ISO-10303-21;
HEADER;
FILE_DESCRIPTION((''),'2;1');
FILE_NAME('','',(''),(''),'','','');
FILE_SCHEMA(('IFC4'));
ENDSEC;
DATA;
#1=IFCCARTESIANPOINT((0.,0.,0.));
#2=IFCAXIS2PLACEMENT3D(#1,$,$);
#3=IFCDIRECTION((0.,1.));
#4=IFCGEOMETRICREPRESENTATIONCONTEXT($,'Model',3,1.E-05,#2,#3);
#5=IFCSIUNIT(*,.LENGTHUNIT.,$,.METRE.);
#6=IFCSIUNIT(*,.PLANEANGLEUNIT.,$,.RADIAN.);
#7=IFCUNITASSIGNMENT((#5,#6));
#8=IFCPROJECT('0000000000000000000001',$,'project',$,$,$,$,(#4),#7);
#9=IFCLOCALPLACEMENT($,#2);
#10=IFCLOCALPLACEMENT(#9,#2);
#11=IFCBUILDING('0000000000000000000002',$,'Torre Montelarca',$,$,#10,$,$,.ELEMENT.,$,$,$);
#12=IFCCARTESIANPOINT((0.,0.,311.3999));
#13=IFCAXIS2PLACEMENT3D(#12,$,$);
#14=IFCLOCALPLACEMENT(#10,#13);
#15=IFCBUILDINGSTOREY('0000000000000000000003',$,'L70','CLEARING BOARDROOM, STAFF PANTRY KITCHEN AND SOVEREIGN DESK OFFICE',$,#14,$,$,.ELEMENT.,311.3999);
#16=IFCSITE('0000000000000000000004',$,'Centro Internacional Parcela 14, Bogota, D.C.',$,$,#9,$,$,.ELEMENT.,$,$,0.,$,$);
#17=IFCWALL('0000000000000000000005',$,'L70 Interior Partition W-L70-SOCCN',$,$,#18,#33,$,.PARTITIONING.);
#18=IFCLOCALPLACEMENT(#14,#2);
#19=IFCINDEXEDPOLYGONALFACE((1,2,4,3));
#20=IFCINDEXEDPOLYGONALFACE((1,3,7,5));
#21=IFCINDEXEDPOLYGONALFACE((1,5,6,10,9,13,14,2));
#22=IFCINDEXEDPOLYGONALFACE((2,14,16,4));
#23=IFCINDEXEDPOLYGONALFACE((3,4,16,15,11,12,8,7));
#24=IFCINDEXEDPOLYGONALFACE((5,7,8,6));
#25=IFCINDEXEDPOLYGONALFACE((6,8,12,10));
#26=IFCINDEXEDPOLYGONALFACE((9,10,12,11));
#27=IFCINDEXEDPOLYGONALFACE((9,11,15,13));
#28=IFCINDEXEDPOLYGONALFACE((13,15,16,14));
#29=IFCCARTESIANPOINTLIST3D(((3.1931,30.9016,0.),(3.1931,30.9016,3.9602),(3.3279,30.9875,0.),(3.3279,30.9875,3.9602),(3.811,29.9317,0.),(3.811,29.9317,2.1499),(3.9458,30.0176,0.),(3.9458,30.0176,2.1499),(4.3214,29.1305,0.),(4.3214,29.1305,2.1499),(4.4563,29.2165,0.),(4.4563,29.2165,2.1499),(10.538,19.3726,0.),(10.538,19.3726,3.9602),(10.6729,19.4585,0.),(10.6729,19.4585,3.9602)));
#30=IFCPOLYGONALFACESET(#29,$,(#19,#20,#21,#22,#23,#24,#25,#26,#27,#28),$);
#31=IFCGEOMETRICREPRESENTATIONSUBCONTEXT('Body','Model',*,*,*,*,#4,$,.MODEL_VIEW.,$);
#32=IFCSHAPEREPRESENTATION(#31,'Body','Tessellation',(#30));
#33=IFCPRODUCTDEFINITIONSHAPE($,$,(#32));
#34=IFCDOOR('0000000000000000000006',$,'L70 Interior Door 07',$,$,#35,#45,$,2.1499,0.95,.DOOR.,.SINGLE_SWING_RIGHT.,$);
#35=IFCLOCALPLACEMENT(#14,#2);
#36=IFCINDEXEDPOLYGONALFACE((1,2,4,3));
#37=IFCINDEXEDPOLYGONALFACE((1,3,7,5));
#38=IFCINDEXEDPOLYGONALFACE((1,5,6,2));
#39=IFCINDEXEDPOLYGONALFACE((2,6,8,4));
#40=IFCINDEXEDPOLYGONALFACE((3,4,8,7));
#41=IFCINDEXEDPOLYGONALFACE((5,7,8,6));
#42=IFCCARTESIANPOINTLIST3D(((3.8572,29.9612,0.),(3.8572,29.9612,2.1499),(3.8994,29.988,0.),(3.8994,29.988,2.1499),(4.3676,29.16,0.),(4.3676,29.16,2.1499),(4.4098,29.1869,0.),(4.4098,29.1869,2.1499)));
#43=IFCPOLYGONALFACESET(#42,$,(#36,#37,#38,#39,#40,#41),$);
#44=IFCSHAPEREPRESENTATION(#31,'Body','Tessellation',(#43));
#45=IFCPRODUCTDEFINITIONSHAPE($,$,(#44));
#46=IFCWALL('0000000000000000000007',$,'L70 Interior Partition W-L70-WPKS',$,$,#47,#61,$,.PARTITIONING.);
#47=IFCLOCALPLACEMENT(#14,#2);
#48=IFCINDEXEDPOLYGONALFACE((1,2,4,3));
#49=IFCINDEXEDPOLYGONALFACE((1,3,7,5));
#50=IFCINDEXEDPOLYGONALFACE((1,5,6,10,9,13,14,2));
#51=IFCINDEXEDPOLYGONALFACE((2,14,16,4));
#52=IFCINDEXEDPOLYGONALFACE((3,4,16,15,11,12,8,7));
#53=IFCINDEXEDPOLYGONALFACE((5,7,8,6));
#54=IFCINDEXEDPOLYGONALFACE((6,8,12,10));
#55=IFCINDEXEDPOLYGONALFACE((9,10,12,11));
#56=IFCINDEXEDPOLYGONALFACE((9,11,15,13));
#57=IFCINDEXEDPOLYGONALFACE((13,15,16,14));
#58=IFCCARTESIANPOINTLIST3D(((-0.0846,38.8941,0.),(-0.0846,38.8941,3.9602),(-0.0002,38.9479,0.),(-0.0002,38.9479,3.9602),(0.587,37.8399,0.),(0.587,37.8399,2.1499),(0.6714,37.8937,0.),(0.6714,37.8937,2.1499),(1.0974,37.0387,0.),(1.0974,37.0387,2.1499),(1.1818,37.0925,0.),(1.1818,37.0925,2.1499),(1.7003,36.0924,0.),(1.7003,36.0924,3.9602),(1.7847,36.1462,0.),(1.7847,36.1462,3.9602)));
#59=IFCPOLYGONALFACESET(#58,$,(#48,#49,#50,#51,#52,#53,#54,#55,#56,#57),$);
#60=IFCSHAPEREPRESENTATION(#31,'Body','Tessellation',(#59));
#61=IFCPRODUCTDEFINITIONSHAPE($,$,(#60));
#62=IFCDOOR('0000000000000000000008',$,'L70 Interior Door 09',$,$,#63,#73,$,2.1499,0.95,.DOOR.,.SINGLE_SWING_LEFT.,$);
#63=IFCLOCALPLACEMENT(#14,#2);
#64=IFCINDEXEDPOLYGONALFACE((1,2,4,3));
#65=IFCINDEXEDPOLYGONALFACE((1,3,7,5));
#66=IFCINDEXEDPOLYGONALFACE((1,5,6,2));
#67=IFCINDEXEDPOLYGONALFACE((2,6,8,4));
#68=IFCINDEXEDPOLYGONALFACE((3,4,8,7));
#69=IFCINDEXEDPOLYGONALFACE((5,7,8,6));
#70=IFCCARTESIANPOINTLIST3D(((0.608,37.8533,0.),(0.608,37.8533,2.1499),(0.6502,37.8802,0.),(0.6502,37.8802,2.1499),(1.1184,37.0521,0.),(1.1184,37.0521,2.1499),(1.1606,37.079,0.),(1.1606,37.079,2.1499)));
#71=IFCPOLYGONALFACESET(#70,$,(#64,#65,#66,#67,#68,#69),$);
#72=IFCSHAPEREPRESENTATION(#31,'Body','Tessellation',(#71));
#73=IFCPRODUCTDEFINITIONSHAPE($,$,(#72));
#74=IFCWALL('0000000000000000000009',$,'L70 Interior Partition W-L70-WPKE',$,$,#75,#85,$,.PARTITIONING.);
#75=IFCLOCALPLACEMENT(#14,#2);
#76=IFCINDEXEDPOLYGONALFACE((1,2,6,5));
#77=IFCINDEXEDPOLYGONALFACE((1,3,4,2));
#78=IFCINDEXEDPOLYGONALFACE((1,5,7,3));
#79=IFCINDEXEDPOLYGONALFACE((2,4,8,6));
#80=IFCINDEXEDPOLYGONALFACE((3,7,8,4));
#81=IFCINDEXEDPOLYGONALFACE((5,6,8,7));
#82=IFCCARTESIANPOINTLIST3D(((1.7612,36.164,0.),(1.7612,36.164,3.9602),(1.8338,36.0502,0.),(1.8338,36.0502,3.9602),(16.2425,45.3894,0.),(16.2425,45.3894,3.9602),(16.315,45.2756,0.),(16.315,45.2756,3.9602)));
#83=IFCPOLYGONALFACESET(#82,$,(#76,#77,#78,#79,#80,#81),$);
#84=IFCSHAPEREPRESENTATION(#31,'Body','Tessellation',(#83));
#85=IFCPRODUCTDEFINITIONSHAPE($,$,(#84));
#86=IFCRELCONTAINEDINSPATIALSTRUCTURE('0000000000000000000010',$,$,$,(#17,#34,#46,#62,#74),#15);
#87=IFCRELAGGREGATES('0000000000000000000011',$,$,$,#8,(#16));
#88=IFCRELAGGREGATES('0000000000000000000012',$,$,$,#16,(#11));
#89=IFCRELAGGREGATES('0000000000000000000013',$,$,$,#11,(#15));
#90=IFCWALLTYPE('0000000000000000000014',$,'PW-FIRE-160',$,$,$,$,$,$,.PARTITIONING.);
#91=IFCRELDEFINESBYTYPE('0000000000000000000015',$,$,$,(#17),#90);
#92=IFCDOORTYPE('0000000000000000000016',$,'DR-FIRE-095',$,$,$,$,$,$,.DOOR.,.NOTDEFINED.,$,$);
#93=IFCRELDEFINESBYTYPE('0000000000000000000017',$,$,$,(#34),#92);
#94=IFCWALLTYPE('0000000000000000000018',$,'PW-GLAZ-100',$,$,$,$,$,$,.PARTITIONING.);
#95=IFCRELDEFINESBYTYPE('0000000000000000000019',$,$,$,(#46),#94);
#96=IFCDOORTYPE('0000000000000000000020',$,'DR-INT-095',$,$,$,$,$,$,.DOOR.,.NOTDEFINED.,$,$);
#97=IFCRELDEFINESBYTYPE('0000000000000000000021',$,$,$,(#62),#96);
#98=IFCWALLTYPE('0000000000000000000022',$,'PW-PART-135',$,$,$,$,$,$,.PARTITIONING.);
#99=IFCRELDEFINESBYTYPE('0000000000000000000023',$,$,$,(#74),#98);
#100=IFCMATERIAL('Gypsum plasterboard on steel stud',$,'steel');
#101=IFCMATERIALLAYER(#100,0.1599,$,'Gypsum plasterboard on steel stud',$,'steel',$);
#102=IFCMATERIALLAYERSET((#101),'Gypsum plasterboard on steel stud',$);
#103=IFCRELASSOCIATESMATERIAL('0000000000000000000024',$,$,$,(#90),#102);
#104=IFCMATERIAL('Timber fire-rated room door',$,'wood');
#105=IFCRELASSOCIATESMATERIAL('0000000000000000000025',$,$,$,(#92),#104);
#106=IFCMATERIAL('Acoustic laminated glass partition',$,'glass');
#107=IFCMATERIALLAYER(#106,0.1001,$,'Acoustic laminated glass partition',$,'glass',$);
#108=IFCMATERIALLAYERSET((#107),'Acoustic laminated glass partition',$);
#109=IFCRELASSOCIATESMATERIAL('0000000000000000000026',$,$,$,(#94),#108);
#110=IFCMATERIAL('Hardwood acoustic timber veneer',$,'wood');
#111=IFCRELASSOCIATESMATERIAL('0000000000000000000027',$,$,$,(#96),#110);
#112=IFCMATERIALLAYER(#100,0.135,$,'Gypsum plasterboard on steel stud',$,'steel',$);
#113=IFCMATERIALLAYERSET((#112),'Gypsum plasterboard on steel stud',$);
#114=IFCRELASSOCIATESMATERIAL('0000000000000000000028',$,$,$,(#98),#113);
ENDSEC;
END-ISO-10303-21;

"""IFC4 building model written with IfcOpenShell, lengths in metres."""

from ifc_helpers import new_model, si_unit, direction, frame, frame_2d, origin, place, context, subcontext, project, spatial, rectangle, extrude, source, transform, mapped, material, layer, layer_set, type_object, element, fill, save


model = new_model("IFC4")

# Units and contexts
model_context = context("Model", 3, precision=1e-05, world=origin(), true_north=direction((0.0, 1.0)))
body_context = subcontext(model_context, "Body", "Model", "MODEL_VIEW")
ifc_project = project(units=[si_unit("LENGTHUNIT", "METRE"), si_unit("PLANEANGLEUNIT", "RADIAN")], contexts=[model_context])

# Site, building, storey
site_placement = place(None, origin())
site = spatial("IfcSite", under=ifc_project, at=site_placement, Name="Centro Internacional Parcela 14, Bogota, D.C.", CompositionType="ELEMENT", RefElevation=0.0)
building_placement = place(site_placement, origin())
building = spatial("IfcBuilding", under=site, at=building_placement, Name="Torre Montelarca", CompositionType="ELEMENT")
storey_placement = place(building_placement, frame((0.0, 0.0, 311.3999)))
storey = spatial("IfcBuildingStorey", under=building, at=storey_placement, Name="L70", Description="CLEARING BOARDROOM, STAFF PANTRY KITCHEN AND SOVEREIGN DESK OFFICE", CompositionType="ELEMENT", Elevation=311.3999)

# Walls, openings, doors
ifc_material_1 = material(Name="Gypsum plasterboard on steel stud", Category="steel")
ifc_layer_1 = layer(ifc_material_1, 0.1599, Name="Gypsum plasterboard on steel stud", Category="steel")
ifc_layer_set_1 = layer_set([ifc_layer_1], Name="Gypsum plasterboard on steel stud")
wall_type_1 = type_object("IfcWallType", Name="PW-FIRE-160", PredefinedType="PARTITIONING", material=ifc_layer_set_1)
wall_1_placement = place(storey_placement, frame((3.2605, 30.9446, 0.0), z_axis=(0.0, 0.0, 1.0), x_axis=(0.537308, -0.843386, 0.0)))
wall_1 = element("IfcWall", 1, at=wall_1_placement, inside=storey, type_object=wall_type_1, Name="L70 Interior Partition W-L70-SOCCN", PredefinedType="PARTITIONING", context=body_context, shape_type="SweptSolid", body=[
    extrude(rectangle(XDim=13.6699, YDim=0.1599, at=frame_2d((6.835, 0.0))), origin(), (0.0, 0.0, 1.0), 3.9602),
])
opening_1_placement = place(wall_1_placement, frame((1.1499, 0.0, 0.0)))
opening_1 = element("IfcOpeningElement", 2, at=opening_1_placement, cuts=wall_1, PredefinedType="OPENING", context=body_context, shape_type="SweptSolid", body=[
    extrude(rectangle(XDim=0.95, YDim=2.1499, at=frame_2d((0.4751, 1.075))), frame((0.0, 0.0898, 0.0), z_axis=(0.0, -1.0, 0.0), x_axis=(1.0, 0.0, 0.0)), (0.0, 0.0, 1.0), 0.1799),
])
ifc_material_2 = material(Name="Timber fire-rated room door", Category="wood")
door_type_1 = type_object("IfcDoorType", Name="DR-FIRE-095", OperationType="NOTDEFINED", PredefinedType="DOOR", material=ifc_material_2)
shared_shape_1 = source(origin(), body_context, "Body", "SweptSolid", [
    extrude(rectangle(XDim=0.95, YDim=2.1499, at=frame_2d((0.4751, 1.075))), frame((0.0, 0.0249, 0.0), z_axis=(0.0, -1.0, 0.0), x_axis=(1.0, 0.0, 0.0)), (0.0, 0.0, 1.0), 0.05),
])
door_1_placement = place(opening_1_placement, origin())
door_1 = element("IfcDoor", 3, at=door_1_placement, inside=storey, type_object=door_type_1, Name="L70 Interior Door 07", OperationType="SINGLE_SWING_RIGHT", OverallHeight=2.1499, OverallWidth=0.95, PredefinedType="DOOR", context=body_context, shape_type="MappedRepresentation", body=[
    mapped(shared_shape_1, transform((0.0, 0.0, 0.0), scale=1.0)),
])
fill(opening_1, door_1)
ifc_material_3 = material(Name="Acoustic laminated glass partition", Category="glass")
ifc_layer_2 = layer(ifc_material_3, 0.1001, Name="Acoustic laminated glass partition", Category="glass")
ifc_layer_set_2 = layer_set([ifc_layer_2], Name="Acoustic laminated glass partition")
wall_type_2 = type_object("IfcWallType", Name="PW-GLAZ-100", PredefinedType="PARTITIONING", material=ifc_layer_set_2)
wall_2_placement = place(storey_placement, frame((-0.0425, 38.9211, 0.0), z_axis=(0.0, 0.0, 1.0), x_axis=(0.537299, -0.843392, 0.0)))
wall_2 = element("IfcWall", 4, at=wall_2_placement, inside=storey, type_object=wall_type_2, Name="L70 Interior Partition W-L70-WPKS", PredefinedType="PARTITIONING", context=body_context, shape_type="SweptSolid", body=[
    extrude(rectangle(XDim=3.322, YDim=0.1001, at=frame_2d((1.6611, 0.0))), origin(), (0.0, 0.0, 1.0), 3.9602),
])
opening_2_placement = place(wall_2_placement, frame((1.25, 0.0, 0.0)))
opening_2 = element("IfcOpeningElement", 5, at=opening_2_placement, cuts=wall_2, PredefinedType="OPENING", context=body_context, shape_type="SweptSolid", body=[
    extrude(rectangle(XDim=0.95, YDim=2.1499, at=frame_2d((0.4751, 1.075))), frame((0.0, 0.0601, 0.0), z_axis=(0.0, -1.0, 0.0), x_axis=(1.0, 0.0, 0.0)), (0.0, 0.0, 1.0), 0.1201),
])
ifc_material_4 = material(Name="Hardwood acoustic timber veneer", Category="wood")
door_type_2 = type_object("IfcDoorType", Name="DR-INT-095", OperationType="NOTDEFINED", PredefinedType="DOOR", material=ifc_material_4)
shared_shape_2 = source(origin(), body_context, "Body", "SweptSolid", [
    extrude(rectangle(XDim=0.95, YDim=2.1499, at=frame_2d((0.4751, 1.075))), frame((0.0, 0.0249, 0.0), z_axis=(0.0, -1.0, 0.0), x_axis=(1.0, 0.0, 0.0)), (0.0, 0.0, 1.0), 0.05),
])
door_2_placement = place(opening_2_placement, origin())
door_2 = element("IfcDoor", 6, at=door_2_placement, inside=storey, type_object=door_type_2, Name="L70 Interior Door 09", OperationType="SINGLE_SWING_LEFT", OverallHeight=2.1499, OverallWidth=0.95, PredefinedType="DOOR", context=body_context, shape_type="MappedRepresentation", body=[
    mapped(shared_shape_2, transform((0.0, 0.0, 0.0), scale=1.0)),
])
fill(opening_2, door_2)

# Wall
ifc_layer_3 = layer(ifc_material_1, 0.135, Name="Gypsum plasterboard on steel stud", Category="steel")
ifc_layer_set_3 = layer_set([ifc_layer_3], Name="Gypsum plasterboard on steel stud")
wall_type_3 = type_object("IfcWallType", Name="PW-PART-135", PredefinedType="PARTITIONING", material=ifc_layer_set_3)
wall_3_placement = place(storey_placement, frame((1.7976, 36.1072, 0.0), z_axis=(0.0, 0.0, 1.0), x_axis=(0.843397, 0.537291, 0.0)))
element("IfcWall", 7, at=wall_3_placement, inside=storey, type_object=wall_type_3, Name="L70 Interior Partition W-L70-WPKE", PredefinedType="PARTITIONING", context=body_context, shape_type="SweptSolid", body=[
    extrude(rectangle(XDim=17.1702, YDim=0.135, at=frame_2d((8.585, 0.0))), origin(), (0.0, 0.0, 1.0), 3.9602),
])

save(model, "model.ifc")
